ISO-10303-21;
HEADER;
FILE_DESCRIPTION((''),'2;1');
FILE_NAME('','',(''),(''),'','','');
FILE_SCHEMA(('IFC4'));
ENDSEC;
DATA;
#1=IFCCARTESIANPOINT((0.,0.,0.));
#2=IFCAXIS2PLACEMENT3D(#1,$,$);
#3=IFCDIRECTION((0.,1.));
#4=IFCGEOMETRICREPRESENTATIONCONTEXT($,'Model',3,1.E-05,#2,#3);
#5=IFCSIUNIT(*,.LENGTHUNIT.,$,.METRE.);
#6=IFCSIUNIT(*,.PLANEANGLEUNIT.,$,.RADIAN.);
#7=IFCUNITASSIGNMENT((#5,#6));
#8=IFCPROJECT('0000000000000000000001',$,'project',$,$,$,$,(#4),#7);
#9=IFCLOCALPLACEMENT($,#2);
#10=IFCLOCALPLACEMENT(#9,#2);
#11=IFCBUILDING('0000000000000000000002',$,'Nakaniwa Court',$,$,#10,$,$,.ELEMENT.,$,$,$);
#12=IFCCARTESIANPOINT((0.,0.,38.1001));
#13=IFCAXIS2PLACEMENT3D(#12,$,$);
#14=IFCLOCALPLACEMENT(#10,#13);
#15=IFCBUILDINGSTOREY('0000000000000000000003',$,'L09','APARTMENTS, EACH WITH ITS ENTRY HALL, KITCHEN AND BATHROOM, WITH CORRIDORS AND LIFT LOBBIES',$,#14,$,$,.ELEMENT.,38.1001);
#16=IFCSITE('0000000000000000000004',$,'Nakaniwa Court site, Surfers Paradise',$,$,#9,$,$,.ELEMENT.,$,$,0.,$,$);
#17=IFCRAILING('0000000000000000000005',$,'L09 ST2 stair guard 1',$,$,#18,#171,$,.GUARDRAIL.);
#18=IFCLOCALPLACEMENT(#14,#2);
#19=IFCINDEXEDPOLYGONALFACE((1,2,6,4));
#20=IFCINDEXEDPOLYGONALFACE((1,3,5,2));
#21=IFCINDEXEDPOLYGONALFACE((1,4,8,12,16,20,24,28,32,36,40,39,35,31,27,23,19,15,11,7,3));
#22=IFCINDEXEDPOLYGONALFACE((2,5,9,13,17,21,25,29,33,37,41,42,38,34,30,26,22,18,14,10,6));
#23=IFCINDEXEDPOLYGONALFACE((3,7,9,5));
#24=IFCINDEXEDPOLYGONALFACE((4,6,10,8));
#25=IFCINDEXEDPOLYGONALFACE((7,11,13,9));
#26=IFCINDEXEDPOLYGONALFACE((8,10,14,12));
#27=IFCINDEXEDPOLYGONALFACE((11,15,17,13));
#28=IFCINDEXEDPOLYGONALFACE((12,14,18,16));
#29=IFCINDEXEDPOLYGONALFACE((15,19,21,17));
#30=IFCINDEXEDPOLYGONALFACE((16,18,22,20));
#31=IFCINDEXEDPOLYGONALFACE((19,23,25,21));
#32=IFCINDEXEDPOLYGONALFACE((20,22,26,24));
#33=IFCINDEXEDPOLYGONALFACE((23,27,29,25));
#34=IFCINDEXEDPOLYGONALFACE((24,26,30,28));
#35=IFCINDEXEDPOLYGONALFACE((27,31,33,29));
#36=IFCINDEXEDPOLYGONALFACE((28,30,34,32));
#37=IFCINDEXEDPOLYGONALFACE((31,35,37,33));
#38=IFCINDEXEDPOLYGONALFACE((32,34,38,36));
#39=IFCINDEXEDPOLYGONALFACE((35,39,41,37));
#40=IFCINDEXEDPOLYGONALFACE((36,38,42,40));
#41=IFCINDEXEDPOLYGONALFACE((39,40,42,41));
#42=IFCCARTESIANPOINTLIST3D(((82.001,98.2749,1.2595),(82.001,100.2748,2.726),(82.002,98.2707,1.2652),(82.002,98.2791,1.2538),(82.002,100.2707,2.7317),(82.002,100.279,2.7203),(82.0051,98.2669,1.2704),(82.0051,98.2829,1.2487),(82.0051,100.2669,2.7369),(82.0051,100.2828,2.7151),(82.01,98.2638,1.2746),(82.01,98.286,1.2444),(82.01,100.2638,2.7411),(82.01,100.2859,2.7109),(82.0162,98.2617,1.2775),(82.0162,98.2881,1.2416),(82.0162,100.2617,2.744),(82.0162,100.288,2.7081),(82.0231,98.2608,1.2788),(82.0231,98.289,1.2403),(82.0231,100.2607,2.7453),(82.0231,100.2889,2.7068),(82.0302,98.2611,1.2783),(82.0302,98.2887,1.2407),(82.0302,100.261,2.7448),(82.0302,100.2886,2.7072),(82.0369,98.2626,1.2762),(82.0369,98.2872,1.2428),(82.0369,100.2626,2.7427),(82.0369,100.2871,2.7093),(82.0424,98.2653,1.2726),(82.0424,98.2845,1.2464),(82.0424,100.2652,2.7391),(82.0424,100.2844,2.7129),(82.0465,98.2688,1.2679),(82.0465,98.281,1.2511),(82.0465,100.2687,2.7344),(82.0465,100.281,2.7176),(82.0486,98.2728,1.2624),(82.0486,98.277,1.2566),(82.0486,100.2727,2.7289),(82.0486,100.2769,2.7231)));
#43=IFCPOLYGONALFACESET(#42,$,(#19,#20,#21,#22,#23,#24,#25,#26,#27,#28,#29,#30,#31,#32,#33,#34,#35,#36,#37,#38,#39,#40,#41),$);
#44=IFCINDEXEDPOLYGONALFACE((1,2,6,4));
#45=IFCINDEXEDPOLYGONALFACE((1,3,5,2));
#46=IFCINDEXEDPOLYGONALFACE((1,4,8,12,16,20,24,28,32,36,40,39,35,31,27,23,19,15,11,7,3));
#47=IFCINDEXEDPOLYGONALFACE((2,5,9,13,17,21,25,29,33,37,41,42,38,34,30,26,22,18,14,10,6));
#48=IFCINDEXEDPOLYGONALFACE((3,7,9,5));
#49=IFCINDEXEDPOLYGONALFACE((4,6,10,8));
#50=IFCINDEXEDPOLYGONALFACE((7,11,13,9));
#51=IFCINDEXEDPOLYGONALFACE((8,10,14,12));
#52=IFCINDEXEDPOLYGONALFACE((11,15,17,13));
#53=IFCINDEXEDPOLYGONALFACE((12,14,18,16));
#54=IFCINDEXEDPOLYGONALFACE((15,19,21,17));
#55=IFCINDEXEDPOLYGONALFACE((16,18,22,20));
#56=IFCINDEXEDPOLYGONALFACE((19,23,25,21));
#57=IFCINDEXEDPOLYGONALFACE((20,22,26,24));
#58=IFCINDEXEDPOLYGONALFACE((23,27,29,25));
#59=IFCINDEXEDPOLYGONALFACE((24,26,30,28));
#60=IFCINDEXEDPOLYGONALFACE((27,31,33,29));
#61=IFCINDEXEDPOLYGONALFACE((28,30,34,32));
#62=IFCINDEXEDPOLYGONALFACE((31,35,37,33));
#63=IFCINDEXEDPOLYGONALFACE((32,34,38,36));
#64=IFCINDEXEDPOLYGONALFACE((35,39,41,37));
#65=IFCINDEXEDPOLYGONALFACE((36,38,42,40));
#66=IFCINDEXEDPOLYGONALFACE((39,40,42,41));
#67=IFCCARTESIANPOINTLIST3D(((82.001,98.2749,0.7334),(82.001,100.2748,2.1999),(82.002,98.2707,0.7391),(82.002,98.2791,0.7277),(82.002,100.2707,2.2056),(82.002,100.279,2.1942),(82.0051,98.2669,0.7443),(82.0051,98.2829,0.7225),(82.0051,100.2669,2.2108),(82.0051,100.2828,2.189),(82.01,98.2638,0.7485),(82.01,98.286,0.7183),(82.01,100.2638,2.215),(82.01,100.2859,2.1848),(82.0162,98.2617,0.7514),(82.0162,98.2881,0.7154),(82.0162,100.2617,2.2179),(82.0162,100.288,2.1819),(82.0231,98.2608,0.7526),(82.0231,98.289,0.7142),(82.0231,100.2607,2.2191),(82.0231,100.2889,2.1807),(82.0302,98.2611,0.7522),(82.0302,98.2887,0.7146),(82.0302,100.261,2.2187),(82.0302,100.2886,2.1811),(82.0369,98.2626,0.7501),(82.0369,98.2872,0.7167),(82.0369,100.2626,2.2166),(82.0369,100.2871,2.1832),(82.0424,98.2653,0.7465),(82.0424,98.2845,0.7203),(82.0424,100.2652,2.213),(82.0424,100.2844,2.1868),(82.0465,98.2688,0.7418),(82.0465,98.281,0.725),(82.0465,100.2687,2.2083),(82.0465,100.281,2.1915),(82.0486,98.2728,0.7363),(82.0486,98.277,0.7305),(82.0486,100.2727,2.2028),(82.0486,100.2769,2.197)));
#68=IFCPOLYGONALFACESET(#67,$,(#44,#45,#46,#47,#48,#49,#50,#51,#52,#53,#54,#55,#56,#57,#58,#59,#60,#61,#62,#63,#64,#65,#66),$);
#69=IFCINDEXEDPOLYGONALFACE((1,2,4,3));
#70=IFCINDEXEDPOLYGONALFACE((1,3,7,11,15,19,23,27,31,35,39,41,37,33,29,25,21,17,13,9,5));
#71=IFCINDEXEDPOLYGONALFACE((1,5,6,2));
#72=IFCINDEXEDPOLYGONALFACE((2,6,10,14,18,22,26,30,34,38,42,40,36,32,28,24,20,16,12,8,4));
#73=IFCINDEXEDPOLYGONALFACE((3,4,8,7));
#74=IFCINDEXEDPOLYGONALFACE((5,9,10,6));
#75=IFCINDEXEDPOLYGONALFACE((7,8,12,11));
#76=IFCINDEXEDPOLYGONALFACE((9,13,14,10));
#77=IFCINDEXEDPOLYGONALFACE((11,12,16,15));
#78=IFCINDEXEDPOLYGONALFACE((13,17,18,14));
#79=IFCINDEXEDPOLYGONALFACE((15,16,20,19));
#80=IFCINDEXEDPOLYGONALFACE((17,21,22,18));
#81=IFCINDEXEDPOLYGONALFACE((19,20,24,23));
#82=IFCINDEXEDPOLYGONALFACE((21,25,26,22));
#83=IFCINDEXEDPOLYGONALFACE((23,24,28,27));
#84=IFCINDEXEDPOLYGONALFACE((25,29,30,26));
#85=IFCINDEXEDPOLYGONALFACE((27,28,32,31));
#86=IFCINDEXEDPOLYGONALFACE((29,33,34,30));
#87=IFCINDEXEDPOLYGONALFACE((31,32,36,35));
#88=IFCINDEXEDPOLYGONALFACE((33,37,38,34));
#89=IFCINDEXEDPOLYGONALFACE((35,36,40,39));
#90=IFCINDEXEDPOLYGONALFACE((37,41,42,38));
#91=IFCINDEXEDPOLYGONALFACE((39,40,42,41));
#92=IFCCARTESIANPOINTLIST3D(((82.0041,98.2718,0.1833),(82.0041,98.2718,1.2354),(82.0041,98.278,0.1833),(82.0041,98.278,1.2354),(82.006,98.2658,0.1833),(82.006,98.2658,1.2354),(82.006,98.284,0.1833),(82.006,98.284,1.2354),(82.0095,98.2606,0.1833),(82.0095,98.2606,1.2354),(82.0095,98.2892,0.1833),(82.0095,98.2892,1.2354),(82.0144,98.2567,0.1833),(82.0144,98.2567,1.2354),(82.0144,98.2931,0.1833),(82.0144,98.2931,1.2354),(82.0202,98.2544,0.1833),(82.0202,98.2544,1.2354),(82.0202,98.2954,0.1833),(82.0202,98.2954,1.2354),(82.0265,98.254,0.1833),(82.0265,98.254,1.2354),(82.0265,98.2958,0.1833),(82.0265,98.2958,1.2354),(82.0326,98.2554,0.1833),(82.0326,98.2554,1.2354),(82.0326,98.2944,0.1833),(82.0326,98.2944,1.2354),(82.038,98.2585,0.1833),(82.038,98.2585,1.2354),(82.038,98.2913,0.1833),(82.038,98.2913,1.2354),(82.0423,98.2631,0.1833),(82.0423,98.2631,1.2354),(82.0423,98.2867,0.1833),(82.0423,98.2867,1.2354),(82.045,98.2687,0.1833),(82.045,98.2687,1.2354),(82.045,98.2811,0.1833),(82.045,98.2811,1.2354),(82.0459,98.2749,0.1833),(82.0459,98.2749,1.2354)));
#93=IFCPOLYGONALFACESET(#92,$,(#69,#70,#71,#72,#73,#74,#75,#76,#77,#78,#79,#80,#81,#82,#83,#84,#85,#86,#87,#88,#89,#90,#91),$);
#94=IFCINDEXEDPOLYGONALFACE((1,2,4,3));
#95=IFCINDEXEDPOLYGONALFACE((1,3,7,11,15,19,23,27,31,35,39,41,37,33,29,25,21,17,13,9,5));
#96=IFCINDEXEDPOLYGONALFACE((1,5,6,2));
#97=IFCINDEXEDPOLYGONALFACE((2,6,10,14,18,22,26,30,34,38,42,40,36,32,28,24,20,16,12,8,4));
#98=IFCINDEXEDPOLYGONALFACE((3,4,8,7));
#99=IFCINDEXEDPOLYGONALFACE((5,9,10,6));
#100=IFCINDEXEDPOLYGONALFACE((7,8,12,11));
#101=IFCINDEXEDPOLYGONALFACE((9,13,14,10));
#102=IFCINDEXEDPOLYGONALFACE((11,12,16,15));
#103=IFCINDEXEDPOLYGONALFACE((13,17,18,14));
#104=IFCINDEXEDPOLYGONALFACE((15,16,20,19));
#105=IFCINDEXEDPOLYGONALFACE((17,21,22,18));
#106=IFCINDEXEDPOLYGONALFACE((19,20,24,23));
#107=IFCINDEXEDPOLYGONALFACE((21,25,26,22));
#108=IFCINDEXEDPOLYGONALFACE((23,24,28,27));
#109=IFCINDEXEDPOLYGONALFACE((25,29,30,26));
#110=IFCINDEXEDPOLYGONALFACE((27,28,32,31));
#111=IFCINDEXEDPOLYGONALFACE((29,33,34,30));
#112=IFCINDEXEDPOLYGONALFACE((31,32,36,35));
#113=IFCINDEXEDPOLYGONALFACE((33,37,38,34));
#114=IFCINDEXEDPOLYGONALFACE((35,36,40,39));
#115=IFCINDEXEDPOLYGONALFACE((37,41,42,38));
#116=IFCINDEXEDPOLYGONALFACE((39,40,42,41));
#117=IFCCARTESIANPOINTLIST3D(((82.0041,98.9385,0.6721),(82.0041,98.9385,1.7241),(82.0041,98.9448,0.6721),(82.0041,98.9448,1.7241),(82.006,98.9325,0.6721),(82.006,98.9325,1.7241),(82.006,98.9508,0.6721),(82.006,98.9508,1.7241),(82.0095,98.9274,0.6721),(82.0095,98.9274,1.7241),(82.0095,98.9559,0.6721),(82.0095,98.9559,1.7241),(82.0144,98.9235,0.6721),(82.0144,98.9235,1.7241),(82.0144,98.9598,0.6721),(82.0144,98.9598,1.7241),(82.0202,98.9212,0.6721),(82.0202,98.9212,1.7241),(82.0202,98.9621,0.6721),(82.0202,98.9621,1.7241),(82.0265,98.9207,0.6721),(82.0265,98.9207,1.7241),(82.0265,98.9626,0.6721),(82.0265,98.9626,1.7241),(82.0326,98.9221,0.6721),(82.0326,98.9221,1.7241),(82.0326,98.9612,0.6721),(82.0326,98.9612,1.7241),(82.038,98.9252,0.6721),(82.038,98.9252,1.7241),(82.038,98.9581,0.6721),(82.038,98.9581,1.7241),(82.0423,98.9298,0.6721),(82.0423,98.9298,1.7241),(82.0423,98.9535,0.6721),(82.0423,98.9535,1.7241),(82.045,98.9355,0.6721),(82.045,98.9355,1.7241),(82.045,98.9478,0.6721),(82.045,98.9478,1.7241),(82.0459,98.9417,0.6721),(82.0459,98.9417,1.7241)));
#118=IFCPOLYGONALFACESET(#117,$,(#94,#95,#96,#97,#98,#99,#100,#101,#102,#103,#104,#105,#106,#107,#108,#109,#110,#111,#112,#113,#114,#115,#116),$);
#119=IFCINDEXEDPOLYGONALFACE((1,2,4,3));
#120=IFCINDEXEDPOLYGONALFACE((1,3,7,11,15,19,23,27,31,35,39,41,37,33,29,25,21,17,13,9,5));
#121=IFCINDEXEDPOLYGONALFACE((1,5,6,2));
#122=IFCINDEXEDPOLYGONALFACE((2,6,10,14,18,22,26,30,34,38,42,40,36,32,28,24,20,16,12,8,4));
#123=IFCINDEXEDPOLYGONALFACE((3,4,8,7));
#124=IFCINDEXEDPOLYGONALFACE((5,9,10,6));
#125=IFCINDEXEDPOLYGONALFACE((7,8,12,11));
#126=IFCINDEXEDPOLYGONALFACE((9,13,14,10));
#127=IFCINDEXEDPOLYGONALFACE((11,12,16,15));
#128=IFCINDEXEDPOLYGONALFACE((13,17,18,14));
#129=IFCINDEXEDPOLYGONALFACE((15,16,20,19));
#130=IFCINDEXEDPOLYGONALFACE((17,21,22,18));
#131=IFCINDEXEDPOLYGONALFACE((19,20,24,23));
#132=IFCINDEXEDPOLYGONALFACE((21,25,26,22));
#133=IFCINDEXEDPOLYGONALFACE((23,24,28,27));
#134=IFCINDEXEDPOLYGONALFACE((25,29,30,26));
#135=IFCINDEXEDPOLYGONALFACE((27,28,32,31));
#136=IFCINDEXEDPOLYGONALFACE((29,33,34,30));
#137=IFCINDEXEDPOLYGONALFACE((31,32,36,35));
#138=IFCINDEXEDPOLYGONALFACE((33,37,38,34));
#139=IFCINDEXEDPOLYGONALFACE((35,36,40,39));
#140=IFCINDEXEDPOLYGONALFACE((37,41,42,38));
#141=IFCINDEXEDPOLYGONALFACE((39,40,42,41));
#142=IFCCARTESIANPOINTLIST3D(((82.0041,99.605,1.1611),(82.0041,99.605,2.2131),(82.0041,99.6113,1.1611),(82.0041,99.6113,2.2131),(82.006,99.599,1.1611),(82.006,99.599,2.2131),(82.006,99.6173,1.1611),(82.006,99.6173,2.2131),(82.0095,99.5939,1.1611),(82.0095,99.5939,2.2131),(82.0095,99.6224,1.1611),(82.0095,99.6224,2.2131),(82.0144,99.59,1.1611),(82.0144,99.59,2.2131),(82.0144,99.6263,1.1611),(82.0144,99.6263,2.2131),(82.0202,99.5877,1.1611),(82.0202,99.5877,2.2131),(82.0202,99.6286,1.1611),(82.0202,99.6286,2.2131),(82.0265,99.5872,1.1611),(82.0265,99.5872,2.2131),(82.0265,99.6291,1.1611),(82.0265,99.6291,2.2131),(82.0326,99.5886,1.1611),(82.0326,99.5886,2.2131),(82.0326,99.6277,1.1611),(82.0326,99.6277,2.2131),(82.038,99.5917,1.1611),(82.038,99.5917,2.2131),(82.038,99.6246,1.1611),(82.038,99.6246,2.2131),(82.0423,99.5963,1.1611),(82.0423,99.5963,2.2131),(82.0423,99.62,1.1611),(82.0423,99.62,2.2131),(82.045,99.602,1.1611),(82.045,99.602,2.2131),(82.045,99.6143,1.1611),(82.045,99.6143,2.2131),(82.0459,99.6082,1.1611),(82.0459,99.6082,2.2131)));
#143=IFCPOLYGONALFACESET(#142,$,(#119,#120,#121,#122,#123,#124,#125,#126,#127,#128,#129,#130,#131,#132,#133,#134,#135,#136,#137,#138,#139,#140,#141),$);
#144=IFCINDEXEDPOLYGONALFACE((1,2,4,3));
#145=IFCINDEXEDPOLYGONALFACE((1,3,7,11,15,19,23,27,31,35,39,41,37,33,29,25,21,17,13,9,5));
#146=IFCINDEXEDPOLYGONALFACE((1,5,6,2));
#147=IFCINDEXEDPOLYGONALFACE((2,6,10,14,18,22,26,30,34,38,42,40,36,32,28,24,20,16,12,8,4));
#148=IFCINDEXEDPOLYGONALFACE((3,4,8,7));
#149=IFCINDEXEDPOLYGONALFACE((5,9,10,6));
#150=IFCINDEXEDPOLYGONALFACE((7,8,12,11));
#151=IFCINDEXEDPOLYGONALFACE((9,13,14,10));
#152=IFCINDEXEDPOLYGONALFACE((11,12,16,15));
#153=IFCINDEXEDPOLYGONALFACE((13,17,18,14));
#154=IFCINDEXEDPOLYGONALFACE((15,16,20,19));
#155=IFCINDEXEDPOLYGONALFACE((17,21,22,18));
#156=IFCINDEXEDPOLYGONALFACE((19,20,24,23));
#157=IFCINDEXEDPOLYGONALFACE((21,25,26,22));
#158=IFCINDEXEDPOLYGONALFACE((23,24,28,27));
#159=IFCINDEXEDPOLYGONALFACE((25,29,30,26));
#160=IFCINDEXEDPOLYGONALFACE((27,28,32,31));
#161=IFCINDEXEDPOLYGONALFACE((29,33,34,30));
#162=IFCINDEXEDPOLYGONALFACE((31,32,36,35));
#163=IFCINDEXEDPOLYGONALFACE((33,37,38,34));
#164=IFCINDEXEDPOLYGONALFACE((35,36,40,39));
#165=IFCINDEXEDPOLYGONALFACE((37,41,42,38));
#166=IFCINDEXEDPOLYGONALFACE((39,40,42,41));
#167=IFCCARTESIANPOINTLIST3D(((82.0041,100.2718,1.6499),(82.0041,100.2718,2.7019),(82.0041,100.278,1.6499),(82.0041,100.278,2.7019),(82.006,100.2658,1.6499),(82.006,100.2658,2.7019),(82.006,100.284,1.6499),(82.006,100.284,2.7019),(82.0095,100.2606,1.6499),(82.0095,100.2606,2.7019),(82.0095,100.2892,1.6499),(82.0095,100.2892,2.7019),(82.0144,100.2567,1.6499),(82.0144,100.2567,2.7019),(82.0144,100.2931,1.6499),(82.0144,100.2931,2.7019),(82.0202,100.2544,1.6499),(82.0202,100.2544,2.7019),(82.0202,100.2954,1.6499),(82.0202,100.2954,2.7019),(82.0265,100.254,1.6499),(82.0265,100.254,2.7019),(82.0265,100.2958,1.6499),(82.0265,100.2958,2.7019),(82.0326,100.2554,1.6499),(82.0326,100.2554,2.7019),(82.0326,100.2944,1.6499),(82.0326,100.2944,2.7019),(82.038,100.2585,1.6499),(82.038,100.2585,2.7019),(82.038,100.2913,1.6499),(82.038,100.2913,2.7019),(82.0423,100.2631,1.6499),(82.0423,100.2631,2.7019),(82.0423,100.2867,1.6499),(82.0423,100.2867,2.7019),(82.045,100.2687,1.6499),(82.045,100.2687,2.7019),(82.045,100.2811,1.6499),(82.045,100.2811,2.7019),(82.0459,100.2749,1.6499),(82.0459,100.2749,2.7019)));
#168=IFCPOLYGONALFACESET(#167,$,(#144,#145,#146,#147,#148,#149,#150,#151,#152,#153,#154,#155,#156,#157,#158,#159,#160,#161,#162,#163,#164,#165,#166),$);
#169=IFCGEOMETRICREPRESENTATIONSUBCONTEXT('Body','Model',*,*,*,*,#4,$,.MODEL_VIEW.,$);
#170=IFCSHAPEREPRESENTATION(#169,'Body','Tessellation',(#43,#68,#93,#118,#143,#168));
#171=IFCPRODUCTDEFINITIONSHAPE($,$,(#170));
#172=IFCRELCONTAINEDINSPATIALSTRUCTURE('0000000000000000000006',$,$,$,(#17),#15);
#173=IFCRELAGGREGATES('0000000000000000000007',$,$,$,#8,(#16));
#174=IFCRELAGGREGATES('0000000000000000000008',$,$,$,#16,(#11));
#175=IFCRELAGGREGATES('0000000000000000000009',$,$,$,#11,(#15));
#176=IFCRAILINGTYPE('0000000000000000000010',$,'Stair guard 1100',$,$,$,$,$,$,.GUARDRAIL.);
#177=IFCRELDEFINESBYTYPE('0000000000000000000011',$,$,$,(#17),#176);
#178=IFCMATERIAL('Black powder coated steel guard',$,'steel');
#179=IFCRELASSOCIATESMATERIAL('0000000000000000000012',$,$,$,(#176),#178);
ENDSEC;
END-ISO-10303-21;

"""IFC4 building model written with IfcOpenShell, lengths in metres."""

from ifc_helpers import new_model, si_unit, direction, frame, origin, origin_2d, place, context, subcontext, project, spatial, circle, extrude, material, type_object, element, save


model = new_model("IFC4")

# Units and contexts
model_context = context("Model", 3, precision=1e-05, world=origin(), true_north=direction((0.0, 1.0)))
body_context = subcontext(model_context, "Body", "Model", "MODEL_VIEW")
ifc_project = project(units=[si_unit("LENGTHUNIT", "METRE"), si_unit("PLANEANGLEUNIT", "RADIAN")], contexts=[model_context])

# Site, building, storey
site_placement = place(None, origin())
site = spatial("IfcSite", under=ifc_project, at=site_placement, Name="Nakaniwa Court site, Surfers Paradise", CompositionType="ELEMENT", RefElevation=0.0)
building_placement = place(site_placement, origin())
building = spatial("IfcBuilding", under=site, at=building_placement, Name="Nakaniwa Court", CompositionType="ELEMENT")
storey_placement = place(building_placement, frame((0.0, 0.0, 38.1001)))
storey = spatial("IfcBuildingStorey", under=building, at=storey_placement, Name="L09", Description="APARTMENTS, EACH WITH ITS ENTRY HALL, KITCHEN AND BATHROOM, WITH CORRIDORS AND LIFT LOBBIES", CompositionType="ELEMENT", Elevation=38.1001)

# Railing
ifc_material_1 = material(Name="Black powder coated steel guard", Category="steel")
railing_type_1 = type_object("IfcRailingType", Name="Stair guard 1100", PredefinedType="GUARDRAIL", material=ifc_material_1)
railing_1_placement = place(storey_placement, frame((82.0249, 98.2749, 0.1833)))
element("IfcRailing", 1, at=railing_1_placement, inside=storey, type_object=railing_type_1, Name="L09 ST2 stair guard 1", PredefinedType="GUARDRAIL", context=body_context, shape_type="SweptSolid", body=[
    extrude(circle(Radius=0.0239, at=origin_2d()), frame((0.0, 0.0, 1.0762), z_axis=(0.0, 0.806427, 0.591334), x_axis=(-1.0, 0.0, 0.0)), (0.0, 0.0, 1.0), 2.48),
    extrude(circle(Radius=0.0239, at=origin_2d()), frame((0.0, 0.0, 0.55), z_axis=(0.0, 0.806427, 0.591334), x_axis=(-1.0, 0.0, 0.0)), (0.0, 0.0, 1.0), 2.48),
    extrude(circle(Radius=0.021, at=origin_2d()), origin(), (0.0, 0.0, 1.0), 1.052),
    extrude(circle(Radius=0.021, at=origin_2d()), frame((0.0, 0.6667, 0.4888)), (0.0, 0.0, 1.0), 1.052),
    extrude(circle(Radius=0.021, at=origin_2d()), frame((0.0, 1.3333, 0.9778)), (0.0, 0.0, 1.0), 1.052),
    extrude(circle(Radius=0.021, at=origin_2d()), frame((0.0, 2.0, 1.4666)), (0.0, 0.0, 1.0), 1.052),
])

save(model, "model.ifc")
